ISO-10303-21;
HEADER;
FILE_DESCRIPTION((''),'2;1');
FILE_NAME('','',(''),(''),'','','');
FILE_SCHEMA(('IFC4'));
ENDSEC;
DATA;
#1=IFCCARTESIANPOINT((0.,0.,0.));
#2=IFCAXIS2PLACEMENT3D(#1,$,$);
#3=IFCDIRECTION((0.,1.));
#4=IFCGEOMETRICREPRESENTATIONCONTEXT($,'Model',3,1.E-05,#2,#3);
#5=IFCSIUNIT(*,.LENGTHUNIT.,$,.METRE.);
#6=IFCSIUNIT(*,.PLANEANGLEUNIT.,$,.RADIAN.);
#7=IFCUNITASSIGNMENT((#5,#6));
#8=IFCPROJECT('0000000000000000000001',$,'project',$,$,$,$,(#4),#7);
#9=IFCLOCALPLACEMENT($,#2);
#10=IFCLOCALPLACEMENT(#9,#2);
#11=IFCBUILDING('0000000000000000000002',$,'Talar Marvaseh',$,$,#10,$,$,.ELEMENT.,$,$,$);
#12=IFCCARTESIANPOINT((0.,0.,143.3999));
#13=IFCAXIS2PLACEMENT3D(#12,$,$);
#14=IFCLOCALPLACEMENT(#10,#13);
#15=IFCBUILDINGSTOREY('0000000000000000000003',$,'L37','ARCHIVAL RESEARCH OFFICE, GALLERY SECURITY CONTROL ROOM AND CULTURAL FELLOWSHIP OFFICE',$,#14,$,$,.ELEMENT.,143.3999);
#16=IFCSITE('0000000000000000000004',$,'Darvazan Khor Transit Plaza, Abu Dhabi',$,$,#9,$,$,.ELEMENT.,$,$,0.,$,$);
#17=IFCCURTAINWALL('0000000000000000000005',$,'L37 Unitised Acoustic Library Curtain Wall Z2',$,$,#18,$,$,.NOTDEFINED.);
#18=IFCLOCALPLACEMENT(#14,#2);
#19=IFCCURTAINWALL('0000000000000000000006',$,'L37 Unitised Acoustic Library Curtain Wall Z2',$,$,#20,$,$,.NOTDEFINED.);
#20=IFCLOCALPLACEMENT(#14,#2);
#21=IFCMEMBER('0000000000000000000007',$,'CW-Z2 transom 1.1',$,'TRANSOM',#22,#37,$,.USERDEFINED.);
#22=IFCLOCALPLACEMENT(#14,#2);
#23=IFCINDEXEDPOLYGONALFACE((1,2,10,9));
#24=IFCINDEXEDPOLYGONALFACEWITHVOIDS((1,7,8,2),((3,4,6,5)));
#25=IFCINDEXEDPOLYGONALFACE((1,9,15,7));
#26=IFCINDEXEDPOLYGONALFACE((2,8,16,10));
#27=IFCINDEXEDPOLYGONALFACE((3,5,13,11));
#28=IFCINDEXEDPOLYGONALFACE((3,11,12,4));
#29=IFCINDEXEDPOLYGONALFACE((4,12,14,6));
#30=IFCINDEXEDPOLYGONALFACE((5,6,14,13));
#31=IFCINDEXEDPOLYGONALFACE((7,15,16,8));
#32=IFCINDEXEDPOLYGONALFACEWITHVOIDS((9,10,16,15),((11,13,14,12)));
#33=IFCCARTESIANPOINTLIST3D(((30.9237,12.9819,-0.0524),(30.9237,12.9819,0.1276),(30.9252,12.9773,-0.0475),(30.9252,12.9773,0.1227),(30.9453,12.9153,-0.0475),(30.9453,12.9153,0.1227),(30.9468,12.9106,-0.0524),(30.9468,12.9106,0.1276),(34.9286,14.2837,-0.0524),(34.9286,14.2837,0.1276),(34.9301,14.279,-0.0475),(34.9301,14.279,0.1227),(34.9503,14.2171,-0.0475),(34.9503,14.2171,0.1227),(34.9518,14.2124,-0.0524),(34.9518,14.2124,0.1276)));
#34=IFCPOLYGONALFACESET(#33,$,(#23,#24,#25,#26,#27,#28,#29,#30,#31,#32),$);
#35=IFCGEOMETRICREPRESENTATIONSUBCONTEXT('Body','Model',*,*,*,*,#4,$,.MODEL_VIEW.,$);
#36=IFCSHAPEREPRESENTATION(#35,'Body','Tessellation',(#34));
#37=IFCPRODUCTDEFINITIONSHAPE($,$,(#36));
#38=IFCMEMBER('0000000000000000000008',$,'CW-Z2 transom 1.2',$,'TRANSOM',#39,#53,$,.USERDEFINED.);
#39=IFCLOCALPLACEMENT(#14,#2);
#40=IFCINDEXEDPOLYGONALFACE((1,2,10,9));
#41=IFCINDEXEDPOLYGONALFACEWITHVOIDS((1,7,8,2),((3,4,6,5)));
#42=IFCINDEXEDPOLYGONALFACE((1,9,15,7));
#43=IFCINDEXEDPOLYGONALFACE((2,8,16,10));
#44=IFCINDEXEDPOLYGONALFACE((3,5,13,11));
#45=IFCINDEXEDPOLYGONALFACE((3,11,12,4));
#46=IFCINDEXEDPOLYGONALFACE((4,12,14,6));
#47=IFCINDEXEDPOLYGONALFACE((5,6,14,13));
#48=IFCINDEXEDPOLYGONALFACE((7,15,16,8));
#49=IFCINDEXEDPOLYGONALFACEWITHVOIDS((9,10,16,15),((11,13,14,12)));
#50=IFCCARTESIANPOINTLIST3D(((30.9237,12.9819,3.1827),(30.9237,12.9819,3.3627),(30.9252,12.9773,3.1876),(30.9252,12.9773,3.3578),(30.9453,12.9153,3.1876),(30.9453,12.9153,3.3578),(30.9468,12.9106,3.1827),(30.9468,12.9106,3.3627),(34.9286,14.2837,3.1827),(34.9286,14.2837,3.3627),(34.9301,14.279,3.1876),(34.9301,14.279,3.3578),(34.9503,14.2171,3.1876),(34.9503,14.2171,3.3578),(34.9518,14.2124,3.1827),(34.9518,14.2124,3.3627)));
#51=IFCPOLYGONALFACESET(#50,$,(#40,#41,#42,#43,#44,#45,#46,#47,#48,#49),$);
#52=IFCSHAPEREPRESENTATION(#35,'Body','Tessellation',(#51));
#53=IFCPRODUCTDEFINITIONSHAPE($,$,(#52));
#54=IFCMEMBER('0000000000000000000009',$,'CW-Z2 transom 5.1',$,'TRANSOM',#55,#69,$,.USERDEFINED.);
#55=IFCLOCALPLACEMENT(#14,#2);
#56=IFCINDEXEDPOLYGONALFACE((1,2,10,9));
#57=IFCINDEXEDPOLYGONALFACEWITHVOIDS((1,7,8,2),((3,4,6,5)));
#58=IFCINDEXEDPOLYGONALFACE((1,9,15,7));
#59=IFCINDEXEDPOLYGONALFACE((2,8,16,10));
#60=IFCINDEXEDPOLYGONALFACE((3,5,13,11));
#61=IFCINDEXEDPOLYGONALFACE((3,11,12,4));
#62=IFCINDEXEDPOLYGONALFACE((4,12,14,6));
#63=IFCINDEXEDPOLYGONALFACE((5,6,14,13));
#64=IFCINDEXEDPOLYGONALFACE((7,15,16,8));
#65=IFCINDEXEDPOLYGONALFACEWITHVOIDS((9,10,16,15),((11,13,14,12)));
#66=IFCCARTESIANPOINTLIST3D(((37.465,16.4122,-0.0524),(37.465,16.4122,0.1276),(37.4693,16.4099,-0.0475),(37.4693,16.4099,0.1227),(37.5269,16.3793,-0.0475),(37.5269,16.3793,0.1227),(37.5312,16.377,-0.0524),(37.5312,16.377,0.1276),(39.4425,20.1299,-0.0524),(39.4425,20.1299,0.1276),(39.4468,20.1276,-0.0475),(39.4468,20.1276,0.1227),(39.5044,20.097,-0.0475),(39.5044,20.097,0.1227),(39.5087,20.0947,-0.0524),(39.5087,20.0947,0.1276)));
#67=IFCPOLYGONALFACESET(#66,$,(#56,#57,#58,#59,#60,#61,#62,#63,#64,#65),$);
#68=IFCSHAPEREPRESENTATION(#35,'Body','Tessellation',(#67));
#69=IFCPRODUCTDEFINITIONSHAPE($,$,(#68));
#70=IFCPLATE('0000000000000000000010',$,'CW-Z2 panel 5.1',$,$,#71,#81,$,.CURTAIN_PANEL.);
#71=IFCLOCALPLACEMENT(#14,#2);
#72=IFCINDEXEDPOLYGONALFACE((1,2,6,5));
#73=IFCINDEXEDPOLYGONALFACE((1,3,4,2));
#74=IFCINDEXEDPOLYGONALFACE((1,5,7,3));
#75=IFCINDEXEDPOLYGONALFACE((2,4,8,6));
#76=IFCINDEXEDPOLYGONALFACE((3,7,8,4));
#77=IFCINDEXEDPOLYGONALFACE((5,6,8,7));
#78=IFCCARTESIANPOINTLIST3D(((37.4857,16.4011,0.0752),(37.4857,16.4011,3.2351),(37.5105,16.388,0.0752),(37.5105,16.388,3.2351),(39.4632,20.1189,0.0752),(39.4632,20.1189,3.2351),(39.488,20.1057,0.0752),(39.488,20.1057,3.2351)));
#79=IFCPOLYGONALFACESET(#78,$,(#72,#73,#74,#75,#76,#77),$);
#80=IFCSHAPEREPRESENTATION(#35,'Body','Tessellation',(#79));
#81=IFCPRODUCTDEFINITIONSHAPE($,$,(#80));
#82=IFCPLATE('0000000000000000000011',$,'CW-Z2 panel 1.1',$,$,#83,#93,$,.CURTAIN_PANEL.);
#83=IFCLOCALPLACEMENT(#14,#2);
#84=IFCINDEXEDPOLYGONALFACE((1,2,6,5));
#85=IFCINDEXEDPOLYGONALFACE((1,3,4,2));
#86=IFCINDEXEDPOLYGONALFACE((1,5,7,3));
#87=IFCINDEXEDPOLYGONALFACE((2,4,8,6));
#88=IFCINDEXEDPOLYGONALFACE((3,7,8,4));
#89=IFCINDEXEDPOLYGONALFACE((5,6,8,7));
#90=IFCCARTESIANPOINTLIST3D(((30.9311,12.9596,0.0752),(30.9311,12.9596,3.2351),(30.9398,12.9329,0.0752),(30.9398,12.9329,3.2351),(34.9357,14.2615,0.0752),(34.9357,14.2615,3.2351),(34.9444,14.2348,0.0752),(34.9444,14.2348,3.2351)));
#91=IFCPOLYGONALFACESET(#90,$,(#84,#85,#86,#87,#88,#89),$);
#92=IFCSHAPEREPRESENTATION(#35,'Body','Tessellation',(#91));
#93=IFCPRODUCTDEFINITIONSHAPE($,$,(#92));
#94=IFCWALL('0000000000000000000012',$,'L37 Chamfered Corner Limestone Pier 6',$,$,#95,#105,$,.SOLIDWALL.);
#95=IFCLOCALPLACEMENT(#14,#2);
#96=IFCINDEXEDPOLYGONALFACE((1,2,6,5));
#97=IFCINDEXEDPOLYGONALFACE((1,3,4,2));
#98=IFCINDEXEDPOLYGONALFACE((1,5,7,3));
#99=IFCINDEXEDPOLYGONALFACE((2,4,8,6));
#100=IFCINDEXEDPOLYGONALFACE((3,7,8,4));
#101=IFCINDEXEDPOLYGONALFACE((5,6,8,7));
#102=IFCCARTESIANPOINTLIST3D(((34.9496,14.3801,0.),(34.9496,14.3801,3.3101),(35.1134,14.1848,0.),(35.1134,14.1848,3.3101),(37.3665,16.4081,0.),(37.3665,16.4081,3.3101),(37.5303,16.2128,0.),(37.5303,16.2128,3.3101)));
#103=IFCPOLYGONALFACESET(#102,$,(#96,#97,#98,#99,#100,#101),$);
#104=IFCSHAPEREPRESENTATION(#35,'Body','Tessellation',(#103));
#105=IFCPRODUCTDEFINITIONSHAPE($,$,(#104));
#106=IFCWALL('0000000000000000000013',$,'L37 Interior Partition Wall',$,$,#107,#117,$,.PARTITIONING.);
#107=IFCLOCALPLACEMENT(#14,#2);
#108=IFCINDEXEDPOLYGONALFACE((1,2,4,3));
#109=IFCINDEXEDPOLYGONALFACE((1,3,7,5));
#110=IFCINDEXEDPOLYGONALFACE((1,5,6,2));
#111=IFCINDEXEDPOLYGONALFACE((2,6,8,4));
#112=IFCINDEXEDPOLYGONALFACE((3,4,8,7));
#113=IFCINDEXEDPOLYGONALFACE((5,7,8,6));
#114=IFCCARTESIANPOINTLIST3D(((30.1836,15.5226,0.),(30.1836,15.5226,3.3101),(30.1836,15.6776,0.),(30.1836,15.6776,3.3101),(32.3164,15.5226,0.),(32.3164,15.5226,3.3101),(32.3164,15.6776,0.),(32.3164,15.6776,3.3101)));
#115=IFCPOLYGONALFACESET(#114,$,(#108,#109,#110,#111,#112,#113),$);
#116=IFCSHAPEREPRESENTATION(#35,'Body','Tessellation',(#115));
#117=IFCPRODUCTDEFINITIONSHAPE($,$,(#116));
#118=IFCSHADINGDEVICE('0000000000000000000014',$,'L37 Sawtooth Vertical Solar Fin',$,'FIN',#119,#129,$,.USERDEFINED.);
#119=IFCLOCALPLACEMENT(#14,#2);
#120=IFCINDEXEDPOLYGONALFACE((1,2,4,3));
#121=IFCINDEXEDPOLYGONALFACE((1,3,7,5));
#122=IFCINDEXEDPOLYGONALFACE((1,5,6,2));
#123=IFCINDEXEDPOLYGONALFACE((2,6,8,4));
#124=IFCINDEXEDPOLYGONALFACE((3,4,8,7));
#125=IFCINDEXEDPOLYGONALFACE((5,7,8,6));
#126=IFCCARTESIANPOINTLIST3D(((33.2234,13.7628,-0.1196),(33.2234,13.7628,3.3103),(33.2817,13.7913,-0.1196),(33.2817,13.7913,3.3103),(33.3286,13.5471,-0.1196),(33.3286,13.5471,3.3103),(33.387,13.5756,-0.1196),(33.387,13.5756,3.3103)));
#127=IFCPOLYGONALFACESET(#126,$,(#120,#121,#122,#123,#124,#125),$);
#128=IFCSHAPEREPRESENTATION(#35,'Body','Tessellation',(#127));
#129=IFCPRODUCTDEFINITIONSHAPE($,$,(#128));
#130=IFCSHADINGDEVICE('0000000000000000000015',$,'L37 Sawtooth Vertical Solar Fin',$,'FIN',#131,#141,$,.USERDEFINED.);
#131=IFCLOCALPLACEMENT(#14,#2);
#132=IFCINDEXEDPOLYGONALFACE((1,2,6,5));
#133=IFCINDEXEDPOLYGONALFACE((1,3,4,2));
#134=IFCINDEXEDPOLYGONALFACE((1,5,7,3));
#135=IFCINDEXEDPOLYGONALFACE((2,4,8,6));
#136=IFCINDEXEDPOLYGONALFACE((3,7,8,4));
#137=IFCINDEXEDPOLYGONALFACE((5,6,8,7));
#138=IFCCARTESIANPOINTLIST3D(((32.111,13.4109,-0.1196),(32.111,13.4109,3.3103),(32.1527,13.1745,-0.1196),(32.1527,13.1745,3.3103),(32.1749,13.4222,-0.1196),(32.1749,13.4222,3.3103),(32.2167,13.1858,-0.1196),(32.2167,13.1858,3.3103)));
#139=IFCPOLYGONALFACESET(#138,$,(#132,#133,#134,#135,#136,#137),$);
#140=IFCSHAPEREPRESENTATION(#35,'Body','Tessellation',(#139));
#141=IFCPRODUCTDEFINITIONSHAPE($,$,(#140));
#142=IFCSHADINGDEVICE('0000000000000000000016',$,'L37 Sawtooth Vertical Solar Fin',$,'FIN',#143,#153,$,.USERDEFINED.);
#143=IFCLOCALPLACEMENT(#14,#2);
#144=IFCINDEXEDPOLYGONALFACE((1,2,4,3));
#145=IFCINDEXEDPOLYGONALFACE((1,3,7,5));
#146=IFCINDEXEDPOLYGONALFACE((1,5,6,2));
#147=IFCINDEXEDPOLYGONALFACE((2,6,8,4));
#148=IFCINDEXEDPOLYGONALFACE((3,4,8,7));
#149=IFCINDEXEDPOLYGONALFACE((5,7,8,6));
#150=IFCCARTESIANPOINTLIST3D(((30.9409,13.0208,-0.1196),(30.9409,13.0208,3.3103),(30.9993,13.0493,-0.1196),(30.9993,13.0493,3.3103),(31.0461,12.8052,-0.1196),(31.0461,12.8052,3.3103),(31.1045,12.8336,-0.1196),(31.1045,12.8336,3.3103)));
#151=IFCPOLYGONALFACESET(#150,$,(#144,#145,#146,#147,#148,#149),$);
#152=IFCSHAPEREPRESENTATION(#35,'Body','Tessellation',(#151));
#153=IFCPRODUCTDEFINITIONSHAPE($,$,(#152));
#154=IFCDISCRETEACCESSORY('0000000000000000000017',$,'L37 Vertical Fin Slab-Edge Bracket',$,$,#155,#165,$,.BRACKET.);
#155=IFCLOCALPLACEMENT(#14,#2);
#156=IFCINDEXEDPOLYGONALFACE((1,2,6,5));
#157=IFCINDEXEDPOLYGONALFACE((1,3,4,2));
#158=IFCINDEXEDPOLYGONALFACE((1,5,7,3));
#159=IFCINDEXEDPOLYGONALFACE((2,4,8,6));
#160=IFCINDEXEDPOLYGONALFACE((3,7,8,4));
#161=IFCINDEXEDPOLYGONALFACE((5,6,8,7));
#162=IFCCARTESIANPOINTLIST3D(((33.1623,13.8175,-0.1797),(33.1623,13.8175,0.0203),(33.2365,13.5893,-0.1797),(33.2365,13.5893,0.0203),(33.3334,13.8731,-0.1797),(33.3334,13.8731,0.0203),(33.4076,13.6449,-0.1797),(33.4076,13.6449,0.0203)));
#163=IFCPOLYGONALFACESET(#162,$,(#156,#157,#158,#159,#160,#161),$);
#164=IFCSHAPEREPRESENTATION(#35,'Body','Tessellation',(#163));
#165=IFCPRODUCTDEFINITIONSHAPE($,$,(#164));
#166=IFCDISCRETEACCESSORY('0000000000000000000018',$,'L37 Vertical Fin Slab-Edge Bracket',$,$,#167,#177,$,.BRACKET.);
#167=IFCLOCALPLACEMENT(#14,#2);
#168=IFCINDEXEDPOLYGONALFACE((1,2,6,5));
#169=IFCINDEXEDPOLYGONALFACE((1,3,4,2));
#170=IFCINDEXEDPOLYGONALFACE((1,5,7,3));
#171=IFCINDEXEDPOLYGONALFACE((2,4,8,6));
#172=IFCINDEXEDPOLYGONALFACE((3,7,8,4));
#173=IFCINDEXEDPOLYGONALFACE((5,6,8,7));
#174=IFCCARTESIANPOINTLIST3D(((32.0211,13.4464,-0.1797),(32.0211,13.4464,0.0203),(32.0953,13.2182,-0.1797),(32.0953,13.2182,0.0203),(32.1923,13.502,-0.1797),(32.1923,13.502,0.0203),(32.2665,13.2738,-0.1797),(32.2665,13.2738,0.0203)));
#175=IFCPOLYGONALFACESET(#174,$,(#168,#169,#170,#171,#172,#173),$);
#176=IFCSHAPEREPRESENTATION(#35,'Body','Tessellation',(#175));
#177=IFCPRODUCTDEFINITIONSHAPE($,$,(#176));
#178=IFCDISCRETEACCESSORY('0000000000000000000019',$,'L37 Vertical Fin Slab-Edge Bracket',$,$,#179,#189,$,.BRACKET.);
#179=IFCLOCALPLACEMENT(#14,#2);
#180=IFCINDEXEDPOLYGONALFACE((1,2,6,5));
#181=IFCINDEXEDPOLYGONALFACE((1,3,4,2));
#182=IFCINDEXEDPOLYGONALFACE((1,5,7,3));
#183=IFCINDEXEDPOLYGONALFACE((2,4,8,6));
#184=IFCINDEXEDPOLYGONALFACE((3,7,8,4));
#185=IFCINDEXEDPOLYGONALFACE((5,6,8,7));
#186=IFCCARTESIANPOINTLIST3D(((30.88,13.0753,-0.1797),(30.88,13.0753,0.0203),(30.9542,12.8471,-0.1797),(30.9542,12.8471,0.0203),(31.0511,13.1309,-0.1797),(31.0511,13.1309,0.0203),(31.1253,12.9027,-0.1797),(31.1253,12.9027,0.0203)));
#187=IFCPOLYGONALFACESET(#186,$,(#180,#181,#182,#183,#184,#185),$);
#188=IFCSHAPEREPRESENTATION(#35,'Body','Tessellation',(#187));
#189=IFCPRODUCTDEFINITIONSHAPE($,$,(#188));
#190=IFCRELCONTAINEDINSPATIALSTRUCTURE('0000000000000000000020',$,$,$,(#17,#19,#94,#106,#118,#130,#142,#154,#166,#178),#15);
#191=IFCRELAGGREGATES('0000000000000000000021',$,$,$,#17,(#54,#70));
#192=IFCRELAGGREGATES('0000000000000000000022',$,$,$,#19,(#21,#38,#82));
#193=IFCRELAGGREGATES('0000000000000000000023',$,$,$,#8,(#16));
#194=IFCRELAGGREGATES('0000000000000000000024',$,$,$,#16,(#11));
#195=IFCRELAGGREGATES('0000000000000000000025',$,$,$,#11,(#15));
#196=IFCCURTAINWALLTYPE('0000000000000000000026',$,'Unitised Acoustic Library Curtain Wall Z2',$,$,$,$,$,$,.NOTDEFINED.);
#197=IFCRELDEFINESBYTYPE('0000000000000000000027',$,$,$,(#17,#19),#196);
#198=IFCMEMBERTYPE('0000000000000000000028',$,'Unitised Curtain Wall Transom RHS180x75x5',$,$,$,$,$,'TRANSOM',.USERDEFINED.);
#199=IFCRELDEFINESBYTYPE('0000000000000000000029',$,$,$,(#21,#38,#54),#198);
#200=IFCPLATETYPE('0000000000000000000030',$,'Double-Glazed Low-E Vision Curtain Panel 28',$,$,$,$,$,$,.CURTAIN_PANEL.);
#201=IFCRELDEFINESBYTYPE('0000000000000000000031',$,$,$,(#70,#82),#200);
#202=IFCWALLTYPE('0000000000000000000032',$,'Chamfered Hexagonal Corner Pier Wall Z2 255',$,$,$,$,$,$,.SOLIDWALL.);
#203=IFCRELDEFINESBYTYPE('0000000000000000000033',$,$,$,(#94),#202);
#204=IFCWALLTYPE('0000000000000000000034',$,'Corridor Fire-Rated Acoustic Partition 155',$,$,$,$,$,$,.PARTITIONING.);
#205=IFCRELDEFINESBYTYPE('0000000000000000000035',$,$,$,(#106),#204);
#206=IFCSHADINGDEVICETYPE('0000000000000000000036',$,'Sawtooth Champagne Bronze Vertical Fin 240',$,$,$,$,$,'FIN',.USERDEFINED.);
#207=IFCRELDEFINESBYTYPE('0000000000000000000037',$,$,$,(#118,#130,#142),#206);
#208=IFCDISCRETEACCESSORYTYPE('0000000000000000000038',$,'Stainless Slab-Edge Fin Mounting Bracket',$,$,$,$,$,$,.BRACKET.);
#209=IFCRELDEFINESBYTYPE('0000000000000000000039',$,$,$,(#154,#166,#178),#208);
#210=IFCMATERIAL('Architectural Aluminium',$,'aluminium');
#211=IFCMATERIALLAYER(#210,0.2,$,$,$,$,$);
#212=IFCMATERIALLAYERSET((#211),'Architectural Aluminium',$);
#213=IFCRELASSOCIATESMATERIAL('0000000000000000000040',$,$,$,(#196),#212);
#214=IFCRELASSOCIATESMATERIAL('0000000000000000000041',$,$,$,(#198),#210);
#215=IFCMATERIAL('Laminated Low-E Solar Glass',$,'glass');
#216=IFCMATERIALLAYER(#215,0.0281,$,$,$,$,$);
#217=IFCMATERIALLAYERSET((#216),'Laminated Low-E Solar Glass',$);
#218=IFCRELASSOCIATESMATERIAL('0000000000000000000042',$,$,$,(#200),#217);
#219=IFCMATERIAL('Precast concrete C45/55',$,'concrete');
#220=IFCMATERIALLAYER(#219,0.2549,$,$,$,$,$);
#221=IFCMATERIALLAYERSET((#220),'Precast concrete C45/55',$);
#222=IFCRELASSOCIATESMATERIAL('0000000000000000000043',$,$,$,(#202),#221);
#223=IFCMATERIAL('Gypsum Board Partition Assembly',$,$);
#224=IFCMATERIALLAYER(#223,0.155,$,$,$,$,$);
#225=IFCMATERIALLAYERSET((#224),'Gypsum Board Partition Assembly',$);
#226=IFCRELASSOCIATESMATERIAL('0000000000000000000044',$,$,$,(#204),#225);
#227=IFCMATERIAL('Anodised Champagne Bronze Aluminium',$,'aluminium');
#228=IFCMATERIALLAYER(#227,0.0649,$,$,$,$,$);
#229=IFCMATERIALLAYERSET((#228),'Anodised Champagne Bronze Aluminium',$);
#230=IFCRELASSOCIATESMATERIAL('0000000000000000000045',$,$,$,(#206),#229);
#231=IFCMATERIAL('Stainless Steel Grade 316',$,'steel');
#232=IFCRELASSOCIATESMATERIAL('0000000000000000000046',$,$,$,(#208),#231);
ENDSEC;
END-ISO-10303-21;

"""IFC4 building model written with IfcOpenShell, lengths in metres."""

from ifc_helpers import new_model, si_unit, direction, frame, frame_2d, origin, origin_2d, place, context, subcontext, project, spatial, rectangle, hollow_rectangle, extrude, source, transform, mapped, material, layer, layer_set, material_profile, profile_set, type_object, type_shapes, element, aggregate, save


model = new_model("IFC4")

# Units and contexts
model_context = context("Model", 3, precision=1e-05, world=origin(), true_north=direction((0.0, 1.0)))
body_context = subcontext(model_context, "Body", "Model", "MODEL_VIEW")
ifc_project = project(units=[si_unit("LENGTHUNIT", "METRE"), si_unit("PLANEANGLEUNIT", "RADIAN")], contexts=[model_context])

# Site, building, storey
site_placement = place(None, origin())
site = spatial("IfcSite", under=ifc_project, at=site_placement, Name="Darvazan Khor Transit Plaza, Abu Dhabi", CompositionType="ELEMENT", RefElevation=0.0)
building_placement = place(site_placement, origin())
building = spatial("IfcBuilding", under=site, at=building_placement, Name="Talar Marvaseh", CompositionType="ELEMENT")
storey_placement = place(building_placement, frame((0.0, 0.0, 143.3999)))
storey = spatial("IfcBuildingStorey", under=building, at=storey_placement, Name="L37", Description="ARCHIVAL RESEARCH OFFICE, GALLERY SECURITY CONTROL ROOM AND CULTURAL FELLOWSHIP OFFICE", CompositionType="ELEMENT", Elevation=143.3999)

# Curtain wall
ifc_material_1 = material(Name="Architectural Aluminium", Category="aluminium")
ifc_layer_1 = layer(ifc_material_1, 0.2)
ifc_layer_set_1 = layer_set([ifc_layer_1], Name="Architectural Aluminium")
curtain_wall_type = type_object("IfcCurtainWallType", Name="Unitised Acoustic Library Curtain Wall Z2", PredefinedType="NOTDEFINED", material=ifc_layer_set_1)
curtain_wall_1_placement = place(storey_placement, origin())
curtain_wall_1 = element("IfcCurtainWall", 1, at=curtain_wall_1_placement, inside=storey, type_object=curtain_wall_type, Name="L37 Unitised Acoustic Library Curtain Wall Z2", PredefinedType="NOTDEFINED")

# Curtain wall, members
curtain_wall_2_placement = place(storey_placement, origin())
curtain_wall_2 = element("IfcCurtainWall", 2, at=curtain_wall_2_placement, inside=storey, type_object=curtain_wall_type, Name="L37 Unitised Acoustic Library Curtain Wall Z2", PredefinedType="NOTDEFINED")
ifc_material_profile_1 = material_profile(ifc_material_1, hollow_rectangle(XDim=0.075, YDim=0.1799, WallThickness=0.0049, at=origin_2d()), Name="RHS180x75x5")
ifc_profile_set_1 = profile_set([ifc_material_profile_1], Name="Architectural Aluminium")
member_type_1 = type_object("IfcMemberType", Name="Unitised Curtain Wall Transom RHS180x75x5", ElementType="TRANSOM", PredefinedType="USERDEFINED", material=ifc_profile_set_1)
shared_shape_1 = source(origin(), body_context, "Body", "SweptSolid", [
    extrude(hollow_rectangle(XDim=0.075, YDim=0.1799, WallThickness=0.0049, at=origin_2d()), origin(), (0.0, 0.0, 1.0), 4.2112),
])
member_1_placement = place(storey_placement, frame((34.9402, 14.248, 0.0376), z_axis=(-0.951022, -0.309123, 0.0), x_axis=(0.309123, -0.951022, 0.0)))
member_1 = element("IfcMember", 3, at=member_1_placement, type_object=member_type_1, Name="CW-Z2 transom 1.1", ObjectType="TRANSOM", PredefinedType="USERDEFINED", context=body_context, shape_type="MappedRepresentation", body=[
    mapped(shared_shape_1, transform((0.0, 0.0, 0.0), x_axis=(1.0, 0.0, 0.0), y_axis=(0.0, 1.0, 0.0), z_axis=(0.0, 0.0, 1.0), scale=1.0)),
])
member_2_placement = place(storey_placement, frame((34.9402, 14.248, 3.2727), z_axis=(-0.951022, -0.309123, 0.0), x_axis=(0.309123, -0.951022, 0.0)))
member_2 = element("IfcMember", 4, at=member_2_placement, type_object=member_type_1, Name="CW-Z2 transom 1.2", ObjectType="TRANSOM", PredefinedType="USERDEFINED", context=body_context, shape_type="MappedRepresentation", body=[
    mapped(shared_shape_1, transform((0.0, 0.0, 0.0), x_axis=(1.0, 0.0, 0.0), y_axis=(0.0, 1.0, 0.0), z_axis=(0.0, 0.0, 1.0), scale=1.0)),
])

# Member
shared_shape_2 = source(origin(), body_context, "Body", "SweptSolid", [
    extrude(hollow_rectangle(XDim=0.075, YDim=0.1799, WallThickness=0.0049, at=origin_2d()), origin(), (0.0, 0.0, 1.0), 4.2109),
])
type_shapes(member_type_1, [shared_shape_1, shared_shape_2])
member_3_placement = place(storey_placement, frame((39.4756, 20.1123, 0.0376), z_axis=(-0.469613, -0.882872, 0.0), x_axis=(0.882872, -0.469613, 0.0)))
member_3 = element("IfcMember", 5, at=member_3_placement, type_object=member_type_1, Name="CW-Z2 transom 5.1", ObjectType="TRANSOM", PredefinedType="USERDEFINED", context=body_context, shape_type="MappedRepresentation", body=[
    mapped(shared_shape_2, transform((0.0, 0.0, 0.0), x_axis=(1.0, 0.0, 0.0), y_axis=(0.0, 1.0, 0.0), z_axis=(0.0, 0.0, 1.0), scale=1.0)),
])

# Plates
ifc_material_2 = material(Name="Laminated Low-E Solar Glass", Category="glass")
ifc_layer_2 = layer(ifc_material_2, 0.0281)
ifc_layer_set_2 = layer_set([ifc_layer_2], Name="Laminated Low-E Solar Glass")
plate_type = type_object("IfcPlateType", Name="Double-Glazed Low-E Vision Curtain Panel 28", PredefinedType="CURTAIN_PANEL", material=ifc_layer_set_2)
shared_shape_3 = source(origin(), body_context, "Body", "SweptSolid", [
    extrude(rectangle(XDim=4.2109, YDim=0.0281, at=origin_2d()), origin(), (0.0, 0.0, 1.0), 3.1599),
])
type_shapes(plate_type, [shared_shape_3])
plate_1_placement = place(storey_placement, frame((38.4868, 18.2534, 0.0752), z_axis=(0.0, 0.0, 1.0), x_axis=(-0.469611, -0.882874, 0.0)))
plate_1 = element("IfcPlate", 6, at=plate_1_placement, type_object=plate_type, Name="CW-Z2 panel 5.1", PredefinedType="CURTAIN_PANEL", context=body_context, shape_type="MappedRepresentation", body=[
    mapped(shared_shape_3, transform((0.0, 0.0, 0.0), x_axis=(1.0, 0.0, 0.0), y_axis=(0.0, 1.0, 0.0), z_axis=(0.0, 0.0, 1.0), scale=1.0)),
])
aggregate(curtain_wall_1, [member_3, plate_1])
plate_2_placement = place(storey_placement, frame((32.9377, 13.5972, 0.0752), z_axis=(0.0, 0.0, 1.0), x_axis=(-0.951009, -0.309164, 0.0)))
plate_2 = element("IfcPlate", 7, at=plate_2_placement, type_object=plate_type, Name="CW-Z2 panel 1.1", PredefinedType="CURTAIN_PANEL", context=body_context, shape_type="MappedRepresentation", body=[
    mapped(shared_shape_3, transform((0.0, 0.0, 0.0), x_axis=(1.0, 0.0, 0.0), y_axis=(0.0, 1.0, 0.0), z_axis=(0.0, 0.0, 1.0), scale=1.0)),
])
aggregate(curtain_wall_2, [member_1, member_2, plate_2])

# Walls
ifc_material_3 = material(Name="Precast concrete C45/55", Category="concrete")
ifc_layer_3 = layer(ifc_material_3, 0.2549)
ifc_layer_set_3 = layer_set([ifc_layer_3], Name="Precast concrete C45/55")
wall_type_1 = type_object("IfcWallType", Name="Chamfered Hexagonal Corner Pier Wall Z2 255", PredefinedType="SOLIDWALL", material=ifc_layer_set_3)
wall_1_placement = place(storey_placement, frame((37.4485, 16.3105, 0.0), z_axis=(0.0, 0.0, 1.0), x_axis=(-0.766048, -0.642784, 0.0)))
element("IfcWall", 8, at=wall_1_placement, inside=storey, type_object=wall_type_1, Name="L37 Chamfered Corner Limestone Pier 6", PredefinedType="SOLIDWALL", context=body_context, shape_type="SweptSolid", body=[
    extrude(rectangle(XDim=3.155, YDim=0.2549, at=frame_2d((1.5776, 0.0))), origin(), (0.0, 0.0, 1.0), 3.3101),
])
ifc_material_4 = material(Name="Gypsum Board Partition Assembly")
ifc_layer_4 = layer(ifc_material_4, 0.155)
ifc_layer_set_4 = layer_set([ifc_layer_4], Name="Gypsum Board Partition Assembly")
wall_type_2 = type_object("IfcWallType", Name="Corridor Fire-Rated Acoustic Partition 155", PredefinedType="PARTITIONING", material=ifc_layer_set_4)
wall_2_placement = place(storey_placement, frame((32.3164, 15.6001, 0.0), z_axis=(0.0, 0.0, 1.0), x_axis=(-1.0, 0.0, 0.0)))
element("IfcWall", 9, at=wall_2_placement, inside=storey, type_object=wall_type_2, Name="L37 Interior Partition Wall", PredefinedType="PARTITIONING", context=body_context, shape_type="SweptSolid", body=[
    extrude(rectangle(XDim=2.1328, YDim=0.155, at=frame_2d((1.0664, 0.0))), origin(), (0.0, 0.0, 1.0), 3.3101),
])

# Shading devices
ifc_material_5 = material(Name="Anodised Champagne Bronze Aluminium", Category="aluminium")
ifc_layer_5 = layer(ifc_material_5, 0.0649)
ifc_layer_set_5 = layer_set([ifc_layer_5], Name="Anodised Champagne Bronze Aluminium")
shading_device_type = type_object("IfcShadingDeviceType", Name="Sawtooth Champagne Bronze Vertical Fin 240", ElementType="FIN", PredefinedType="USERDEFINED", material=ifc_layer_set_5)
shared_shape_4 = source(origin(), body_context, "Body", "SweptSolid", [
    extrude(rectangle(XDim=0.24, YDim=0.0649, at=origin_2d()), origin(), (0.0, 0.0, 1.0), 3.4299),
])
type_shapes(shading_device_type, [shared_shape_4])
for number, where, z_axis, x_axis, name in (
    (10, (33.3052, 13.6692, -0.1196), (0.0, 0.0, 1.0), (0.438528, -0.898718, 0.0), "L37 Sawtooth Vertical Solar Fin"),
    (11, (32.1638, 13.2983, -0.1196), (0.0, 0.0, 1.0), (0.17382, -0.984777, 0.0), "L37 Sawtooth Vertical Solar Fin"),
    (12, (31.0227, 12.9272, -0.1196), (0.0, 0.0, 1.0), (0.438528, -0.898718, 0.0), "L37 Sawtooth Vertical Solar Fin"),
):
    element("IfcShadingDevice", number, at=place(storey_placement, frame(where, z_axis=z_axis, x_axis=x_axis)), inside=storey, type_object=shading_device_type, Name=name, ObjectType="FIN", PredefinedType="USERDEFINED", context=body_context, shape_type="MappedRepresentation", body=[
        mapped(shared_shape_4, transform((0.0, 0.0, 0.0), x_axis=(1.0, 0.0, 0.0), y_axis=(0.0, 1.0, 0.0), z_axis=(0.0, 0.0, 1.0), scale=1.0)),
    ])

# Discrete accessories
ifc_material_6 = material(Name="Stainless Steel Grade 316", Category="steel")
discrete_accessory_type = type_object("IfcDiscreteAccessoryType", Name="Stainless Slab-Edge Fin Mounting Bracket", PredefinedType="BRACKET", material=ifc_material_6)
shared_shape_5 = source(origin(), body_context, "Body", "SweptSolid", [
    extrude(rectangle(XDim=0.24, YDim=0.1799, at=origin_2d()), origin(), (0.0, 0.0, 1.0), 0.2),
])
type_shapes(discrete_accessory_type, [shared_shape_5])
for number, where, z_axis, x_axis, name in (
    (13, (33.2849, 13.7312, -0.1797), (0.0, 0.0, 1.0), (0.309183, -0.951003, 0.0), "L37 Vertical Fin Slab-Edge Bracket"),
    (14, (32.1438, 13.3601, -0.1797), (0.0, 0.0, 1.0), (0.309183, -0.951003, 0.0), "L37 Vertical Fin Slab-Edge Bracket"),
    (15, (31.0027, 12.989, -0.1797), (0.0, 0.0, 1.0), (0.309183, -0.951003, 0.0), "L37 Vertical Fin Slab-Edge Bracket"),
):
    element("IfcDiscreteAccessory", number, at=place(storey_placement, frame(where, z_axis=z_axis, x_axis=x_axis)), inside=storey, type_object=discrete_accessory_type, Name=name, PredefinedType="BRACKET", context=body_context, shape_type="MappedRepresentation", body=[
        mapped(shared_shape_5, transform((0.0, 0.0, 0.0), x_axis=(1.0, 0.0, 0.0), y_axis=(0.0, 1.0, 0.0), z_axis=(0.0, 0.0, 1.0), scale=1.0)),
    ])

save(model, "model.ifc")
